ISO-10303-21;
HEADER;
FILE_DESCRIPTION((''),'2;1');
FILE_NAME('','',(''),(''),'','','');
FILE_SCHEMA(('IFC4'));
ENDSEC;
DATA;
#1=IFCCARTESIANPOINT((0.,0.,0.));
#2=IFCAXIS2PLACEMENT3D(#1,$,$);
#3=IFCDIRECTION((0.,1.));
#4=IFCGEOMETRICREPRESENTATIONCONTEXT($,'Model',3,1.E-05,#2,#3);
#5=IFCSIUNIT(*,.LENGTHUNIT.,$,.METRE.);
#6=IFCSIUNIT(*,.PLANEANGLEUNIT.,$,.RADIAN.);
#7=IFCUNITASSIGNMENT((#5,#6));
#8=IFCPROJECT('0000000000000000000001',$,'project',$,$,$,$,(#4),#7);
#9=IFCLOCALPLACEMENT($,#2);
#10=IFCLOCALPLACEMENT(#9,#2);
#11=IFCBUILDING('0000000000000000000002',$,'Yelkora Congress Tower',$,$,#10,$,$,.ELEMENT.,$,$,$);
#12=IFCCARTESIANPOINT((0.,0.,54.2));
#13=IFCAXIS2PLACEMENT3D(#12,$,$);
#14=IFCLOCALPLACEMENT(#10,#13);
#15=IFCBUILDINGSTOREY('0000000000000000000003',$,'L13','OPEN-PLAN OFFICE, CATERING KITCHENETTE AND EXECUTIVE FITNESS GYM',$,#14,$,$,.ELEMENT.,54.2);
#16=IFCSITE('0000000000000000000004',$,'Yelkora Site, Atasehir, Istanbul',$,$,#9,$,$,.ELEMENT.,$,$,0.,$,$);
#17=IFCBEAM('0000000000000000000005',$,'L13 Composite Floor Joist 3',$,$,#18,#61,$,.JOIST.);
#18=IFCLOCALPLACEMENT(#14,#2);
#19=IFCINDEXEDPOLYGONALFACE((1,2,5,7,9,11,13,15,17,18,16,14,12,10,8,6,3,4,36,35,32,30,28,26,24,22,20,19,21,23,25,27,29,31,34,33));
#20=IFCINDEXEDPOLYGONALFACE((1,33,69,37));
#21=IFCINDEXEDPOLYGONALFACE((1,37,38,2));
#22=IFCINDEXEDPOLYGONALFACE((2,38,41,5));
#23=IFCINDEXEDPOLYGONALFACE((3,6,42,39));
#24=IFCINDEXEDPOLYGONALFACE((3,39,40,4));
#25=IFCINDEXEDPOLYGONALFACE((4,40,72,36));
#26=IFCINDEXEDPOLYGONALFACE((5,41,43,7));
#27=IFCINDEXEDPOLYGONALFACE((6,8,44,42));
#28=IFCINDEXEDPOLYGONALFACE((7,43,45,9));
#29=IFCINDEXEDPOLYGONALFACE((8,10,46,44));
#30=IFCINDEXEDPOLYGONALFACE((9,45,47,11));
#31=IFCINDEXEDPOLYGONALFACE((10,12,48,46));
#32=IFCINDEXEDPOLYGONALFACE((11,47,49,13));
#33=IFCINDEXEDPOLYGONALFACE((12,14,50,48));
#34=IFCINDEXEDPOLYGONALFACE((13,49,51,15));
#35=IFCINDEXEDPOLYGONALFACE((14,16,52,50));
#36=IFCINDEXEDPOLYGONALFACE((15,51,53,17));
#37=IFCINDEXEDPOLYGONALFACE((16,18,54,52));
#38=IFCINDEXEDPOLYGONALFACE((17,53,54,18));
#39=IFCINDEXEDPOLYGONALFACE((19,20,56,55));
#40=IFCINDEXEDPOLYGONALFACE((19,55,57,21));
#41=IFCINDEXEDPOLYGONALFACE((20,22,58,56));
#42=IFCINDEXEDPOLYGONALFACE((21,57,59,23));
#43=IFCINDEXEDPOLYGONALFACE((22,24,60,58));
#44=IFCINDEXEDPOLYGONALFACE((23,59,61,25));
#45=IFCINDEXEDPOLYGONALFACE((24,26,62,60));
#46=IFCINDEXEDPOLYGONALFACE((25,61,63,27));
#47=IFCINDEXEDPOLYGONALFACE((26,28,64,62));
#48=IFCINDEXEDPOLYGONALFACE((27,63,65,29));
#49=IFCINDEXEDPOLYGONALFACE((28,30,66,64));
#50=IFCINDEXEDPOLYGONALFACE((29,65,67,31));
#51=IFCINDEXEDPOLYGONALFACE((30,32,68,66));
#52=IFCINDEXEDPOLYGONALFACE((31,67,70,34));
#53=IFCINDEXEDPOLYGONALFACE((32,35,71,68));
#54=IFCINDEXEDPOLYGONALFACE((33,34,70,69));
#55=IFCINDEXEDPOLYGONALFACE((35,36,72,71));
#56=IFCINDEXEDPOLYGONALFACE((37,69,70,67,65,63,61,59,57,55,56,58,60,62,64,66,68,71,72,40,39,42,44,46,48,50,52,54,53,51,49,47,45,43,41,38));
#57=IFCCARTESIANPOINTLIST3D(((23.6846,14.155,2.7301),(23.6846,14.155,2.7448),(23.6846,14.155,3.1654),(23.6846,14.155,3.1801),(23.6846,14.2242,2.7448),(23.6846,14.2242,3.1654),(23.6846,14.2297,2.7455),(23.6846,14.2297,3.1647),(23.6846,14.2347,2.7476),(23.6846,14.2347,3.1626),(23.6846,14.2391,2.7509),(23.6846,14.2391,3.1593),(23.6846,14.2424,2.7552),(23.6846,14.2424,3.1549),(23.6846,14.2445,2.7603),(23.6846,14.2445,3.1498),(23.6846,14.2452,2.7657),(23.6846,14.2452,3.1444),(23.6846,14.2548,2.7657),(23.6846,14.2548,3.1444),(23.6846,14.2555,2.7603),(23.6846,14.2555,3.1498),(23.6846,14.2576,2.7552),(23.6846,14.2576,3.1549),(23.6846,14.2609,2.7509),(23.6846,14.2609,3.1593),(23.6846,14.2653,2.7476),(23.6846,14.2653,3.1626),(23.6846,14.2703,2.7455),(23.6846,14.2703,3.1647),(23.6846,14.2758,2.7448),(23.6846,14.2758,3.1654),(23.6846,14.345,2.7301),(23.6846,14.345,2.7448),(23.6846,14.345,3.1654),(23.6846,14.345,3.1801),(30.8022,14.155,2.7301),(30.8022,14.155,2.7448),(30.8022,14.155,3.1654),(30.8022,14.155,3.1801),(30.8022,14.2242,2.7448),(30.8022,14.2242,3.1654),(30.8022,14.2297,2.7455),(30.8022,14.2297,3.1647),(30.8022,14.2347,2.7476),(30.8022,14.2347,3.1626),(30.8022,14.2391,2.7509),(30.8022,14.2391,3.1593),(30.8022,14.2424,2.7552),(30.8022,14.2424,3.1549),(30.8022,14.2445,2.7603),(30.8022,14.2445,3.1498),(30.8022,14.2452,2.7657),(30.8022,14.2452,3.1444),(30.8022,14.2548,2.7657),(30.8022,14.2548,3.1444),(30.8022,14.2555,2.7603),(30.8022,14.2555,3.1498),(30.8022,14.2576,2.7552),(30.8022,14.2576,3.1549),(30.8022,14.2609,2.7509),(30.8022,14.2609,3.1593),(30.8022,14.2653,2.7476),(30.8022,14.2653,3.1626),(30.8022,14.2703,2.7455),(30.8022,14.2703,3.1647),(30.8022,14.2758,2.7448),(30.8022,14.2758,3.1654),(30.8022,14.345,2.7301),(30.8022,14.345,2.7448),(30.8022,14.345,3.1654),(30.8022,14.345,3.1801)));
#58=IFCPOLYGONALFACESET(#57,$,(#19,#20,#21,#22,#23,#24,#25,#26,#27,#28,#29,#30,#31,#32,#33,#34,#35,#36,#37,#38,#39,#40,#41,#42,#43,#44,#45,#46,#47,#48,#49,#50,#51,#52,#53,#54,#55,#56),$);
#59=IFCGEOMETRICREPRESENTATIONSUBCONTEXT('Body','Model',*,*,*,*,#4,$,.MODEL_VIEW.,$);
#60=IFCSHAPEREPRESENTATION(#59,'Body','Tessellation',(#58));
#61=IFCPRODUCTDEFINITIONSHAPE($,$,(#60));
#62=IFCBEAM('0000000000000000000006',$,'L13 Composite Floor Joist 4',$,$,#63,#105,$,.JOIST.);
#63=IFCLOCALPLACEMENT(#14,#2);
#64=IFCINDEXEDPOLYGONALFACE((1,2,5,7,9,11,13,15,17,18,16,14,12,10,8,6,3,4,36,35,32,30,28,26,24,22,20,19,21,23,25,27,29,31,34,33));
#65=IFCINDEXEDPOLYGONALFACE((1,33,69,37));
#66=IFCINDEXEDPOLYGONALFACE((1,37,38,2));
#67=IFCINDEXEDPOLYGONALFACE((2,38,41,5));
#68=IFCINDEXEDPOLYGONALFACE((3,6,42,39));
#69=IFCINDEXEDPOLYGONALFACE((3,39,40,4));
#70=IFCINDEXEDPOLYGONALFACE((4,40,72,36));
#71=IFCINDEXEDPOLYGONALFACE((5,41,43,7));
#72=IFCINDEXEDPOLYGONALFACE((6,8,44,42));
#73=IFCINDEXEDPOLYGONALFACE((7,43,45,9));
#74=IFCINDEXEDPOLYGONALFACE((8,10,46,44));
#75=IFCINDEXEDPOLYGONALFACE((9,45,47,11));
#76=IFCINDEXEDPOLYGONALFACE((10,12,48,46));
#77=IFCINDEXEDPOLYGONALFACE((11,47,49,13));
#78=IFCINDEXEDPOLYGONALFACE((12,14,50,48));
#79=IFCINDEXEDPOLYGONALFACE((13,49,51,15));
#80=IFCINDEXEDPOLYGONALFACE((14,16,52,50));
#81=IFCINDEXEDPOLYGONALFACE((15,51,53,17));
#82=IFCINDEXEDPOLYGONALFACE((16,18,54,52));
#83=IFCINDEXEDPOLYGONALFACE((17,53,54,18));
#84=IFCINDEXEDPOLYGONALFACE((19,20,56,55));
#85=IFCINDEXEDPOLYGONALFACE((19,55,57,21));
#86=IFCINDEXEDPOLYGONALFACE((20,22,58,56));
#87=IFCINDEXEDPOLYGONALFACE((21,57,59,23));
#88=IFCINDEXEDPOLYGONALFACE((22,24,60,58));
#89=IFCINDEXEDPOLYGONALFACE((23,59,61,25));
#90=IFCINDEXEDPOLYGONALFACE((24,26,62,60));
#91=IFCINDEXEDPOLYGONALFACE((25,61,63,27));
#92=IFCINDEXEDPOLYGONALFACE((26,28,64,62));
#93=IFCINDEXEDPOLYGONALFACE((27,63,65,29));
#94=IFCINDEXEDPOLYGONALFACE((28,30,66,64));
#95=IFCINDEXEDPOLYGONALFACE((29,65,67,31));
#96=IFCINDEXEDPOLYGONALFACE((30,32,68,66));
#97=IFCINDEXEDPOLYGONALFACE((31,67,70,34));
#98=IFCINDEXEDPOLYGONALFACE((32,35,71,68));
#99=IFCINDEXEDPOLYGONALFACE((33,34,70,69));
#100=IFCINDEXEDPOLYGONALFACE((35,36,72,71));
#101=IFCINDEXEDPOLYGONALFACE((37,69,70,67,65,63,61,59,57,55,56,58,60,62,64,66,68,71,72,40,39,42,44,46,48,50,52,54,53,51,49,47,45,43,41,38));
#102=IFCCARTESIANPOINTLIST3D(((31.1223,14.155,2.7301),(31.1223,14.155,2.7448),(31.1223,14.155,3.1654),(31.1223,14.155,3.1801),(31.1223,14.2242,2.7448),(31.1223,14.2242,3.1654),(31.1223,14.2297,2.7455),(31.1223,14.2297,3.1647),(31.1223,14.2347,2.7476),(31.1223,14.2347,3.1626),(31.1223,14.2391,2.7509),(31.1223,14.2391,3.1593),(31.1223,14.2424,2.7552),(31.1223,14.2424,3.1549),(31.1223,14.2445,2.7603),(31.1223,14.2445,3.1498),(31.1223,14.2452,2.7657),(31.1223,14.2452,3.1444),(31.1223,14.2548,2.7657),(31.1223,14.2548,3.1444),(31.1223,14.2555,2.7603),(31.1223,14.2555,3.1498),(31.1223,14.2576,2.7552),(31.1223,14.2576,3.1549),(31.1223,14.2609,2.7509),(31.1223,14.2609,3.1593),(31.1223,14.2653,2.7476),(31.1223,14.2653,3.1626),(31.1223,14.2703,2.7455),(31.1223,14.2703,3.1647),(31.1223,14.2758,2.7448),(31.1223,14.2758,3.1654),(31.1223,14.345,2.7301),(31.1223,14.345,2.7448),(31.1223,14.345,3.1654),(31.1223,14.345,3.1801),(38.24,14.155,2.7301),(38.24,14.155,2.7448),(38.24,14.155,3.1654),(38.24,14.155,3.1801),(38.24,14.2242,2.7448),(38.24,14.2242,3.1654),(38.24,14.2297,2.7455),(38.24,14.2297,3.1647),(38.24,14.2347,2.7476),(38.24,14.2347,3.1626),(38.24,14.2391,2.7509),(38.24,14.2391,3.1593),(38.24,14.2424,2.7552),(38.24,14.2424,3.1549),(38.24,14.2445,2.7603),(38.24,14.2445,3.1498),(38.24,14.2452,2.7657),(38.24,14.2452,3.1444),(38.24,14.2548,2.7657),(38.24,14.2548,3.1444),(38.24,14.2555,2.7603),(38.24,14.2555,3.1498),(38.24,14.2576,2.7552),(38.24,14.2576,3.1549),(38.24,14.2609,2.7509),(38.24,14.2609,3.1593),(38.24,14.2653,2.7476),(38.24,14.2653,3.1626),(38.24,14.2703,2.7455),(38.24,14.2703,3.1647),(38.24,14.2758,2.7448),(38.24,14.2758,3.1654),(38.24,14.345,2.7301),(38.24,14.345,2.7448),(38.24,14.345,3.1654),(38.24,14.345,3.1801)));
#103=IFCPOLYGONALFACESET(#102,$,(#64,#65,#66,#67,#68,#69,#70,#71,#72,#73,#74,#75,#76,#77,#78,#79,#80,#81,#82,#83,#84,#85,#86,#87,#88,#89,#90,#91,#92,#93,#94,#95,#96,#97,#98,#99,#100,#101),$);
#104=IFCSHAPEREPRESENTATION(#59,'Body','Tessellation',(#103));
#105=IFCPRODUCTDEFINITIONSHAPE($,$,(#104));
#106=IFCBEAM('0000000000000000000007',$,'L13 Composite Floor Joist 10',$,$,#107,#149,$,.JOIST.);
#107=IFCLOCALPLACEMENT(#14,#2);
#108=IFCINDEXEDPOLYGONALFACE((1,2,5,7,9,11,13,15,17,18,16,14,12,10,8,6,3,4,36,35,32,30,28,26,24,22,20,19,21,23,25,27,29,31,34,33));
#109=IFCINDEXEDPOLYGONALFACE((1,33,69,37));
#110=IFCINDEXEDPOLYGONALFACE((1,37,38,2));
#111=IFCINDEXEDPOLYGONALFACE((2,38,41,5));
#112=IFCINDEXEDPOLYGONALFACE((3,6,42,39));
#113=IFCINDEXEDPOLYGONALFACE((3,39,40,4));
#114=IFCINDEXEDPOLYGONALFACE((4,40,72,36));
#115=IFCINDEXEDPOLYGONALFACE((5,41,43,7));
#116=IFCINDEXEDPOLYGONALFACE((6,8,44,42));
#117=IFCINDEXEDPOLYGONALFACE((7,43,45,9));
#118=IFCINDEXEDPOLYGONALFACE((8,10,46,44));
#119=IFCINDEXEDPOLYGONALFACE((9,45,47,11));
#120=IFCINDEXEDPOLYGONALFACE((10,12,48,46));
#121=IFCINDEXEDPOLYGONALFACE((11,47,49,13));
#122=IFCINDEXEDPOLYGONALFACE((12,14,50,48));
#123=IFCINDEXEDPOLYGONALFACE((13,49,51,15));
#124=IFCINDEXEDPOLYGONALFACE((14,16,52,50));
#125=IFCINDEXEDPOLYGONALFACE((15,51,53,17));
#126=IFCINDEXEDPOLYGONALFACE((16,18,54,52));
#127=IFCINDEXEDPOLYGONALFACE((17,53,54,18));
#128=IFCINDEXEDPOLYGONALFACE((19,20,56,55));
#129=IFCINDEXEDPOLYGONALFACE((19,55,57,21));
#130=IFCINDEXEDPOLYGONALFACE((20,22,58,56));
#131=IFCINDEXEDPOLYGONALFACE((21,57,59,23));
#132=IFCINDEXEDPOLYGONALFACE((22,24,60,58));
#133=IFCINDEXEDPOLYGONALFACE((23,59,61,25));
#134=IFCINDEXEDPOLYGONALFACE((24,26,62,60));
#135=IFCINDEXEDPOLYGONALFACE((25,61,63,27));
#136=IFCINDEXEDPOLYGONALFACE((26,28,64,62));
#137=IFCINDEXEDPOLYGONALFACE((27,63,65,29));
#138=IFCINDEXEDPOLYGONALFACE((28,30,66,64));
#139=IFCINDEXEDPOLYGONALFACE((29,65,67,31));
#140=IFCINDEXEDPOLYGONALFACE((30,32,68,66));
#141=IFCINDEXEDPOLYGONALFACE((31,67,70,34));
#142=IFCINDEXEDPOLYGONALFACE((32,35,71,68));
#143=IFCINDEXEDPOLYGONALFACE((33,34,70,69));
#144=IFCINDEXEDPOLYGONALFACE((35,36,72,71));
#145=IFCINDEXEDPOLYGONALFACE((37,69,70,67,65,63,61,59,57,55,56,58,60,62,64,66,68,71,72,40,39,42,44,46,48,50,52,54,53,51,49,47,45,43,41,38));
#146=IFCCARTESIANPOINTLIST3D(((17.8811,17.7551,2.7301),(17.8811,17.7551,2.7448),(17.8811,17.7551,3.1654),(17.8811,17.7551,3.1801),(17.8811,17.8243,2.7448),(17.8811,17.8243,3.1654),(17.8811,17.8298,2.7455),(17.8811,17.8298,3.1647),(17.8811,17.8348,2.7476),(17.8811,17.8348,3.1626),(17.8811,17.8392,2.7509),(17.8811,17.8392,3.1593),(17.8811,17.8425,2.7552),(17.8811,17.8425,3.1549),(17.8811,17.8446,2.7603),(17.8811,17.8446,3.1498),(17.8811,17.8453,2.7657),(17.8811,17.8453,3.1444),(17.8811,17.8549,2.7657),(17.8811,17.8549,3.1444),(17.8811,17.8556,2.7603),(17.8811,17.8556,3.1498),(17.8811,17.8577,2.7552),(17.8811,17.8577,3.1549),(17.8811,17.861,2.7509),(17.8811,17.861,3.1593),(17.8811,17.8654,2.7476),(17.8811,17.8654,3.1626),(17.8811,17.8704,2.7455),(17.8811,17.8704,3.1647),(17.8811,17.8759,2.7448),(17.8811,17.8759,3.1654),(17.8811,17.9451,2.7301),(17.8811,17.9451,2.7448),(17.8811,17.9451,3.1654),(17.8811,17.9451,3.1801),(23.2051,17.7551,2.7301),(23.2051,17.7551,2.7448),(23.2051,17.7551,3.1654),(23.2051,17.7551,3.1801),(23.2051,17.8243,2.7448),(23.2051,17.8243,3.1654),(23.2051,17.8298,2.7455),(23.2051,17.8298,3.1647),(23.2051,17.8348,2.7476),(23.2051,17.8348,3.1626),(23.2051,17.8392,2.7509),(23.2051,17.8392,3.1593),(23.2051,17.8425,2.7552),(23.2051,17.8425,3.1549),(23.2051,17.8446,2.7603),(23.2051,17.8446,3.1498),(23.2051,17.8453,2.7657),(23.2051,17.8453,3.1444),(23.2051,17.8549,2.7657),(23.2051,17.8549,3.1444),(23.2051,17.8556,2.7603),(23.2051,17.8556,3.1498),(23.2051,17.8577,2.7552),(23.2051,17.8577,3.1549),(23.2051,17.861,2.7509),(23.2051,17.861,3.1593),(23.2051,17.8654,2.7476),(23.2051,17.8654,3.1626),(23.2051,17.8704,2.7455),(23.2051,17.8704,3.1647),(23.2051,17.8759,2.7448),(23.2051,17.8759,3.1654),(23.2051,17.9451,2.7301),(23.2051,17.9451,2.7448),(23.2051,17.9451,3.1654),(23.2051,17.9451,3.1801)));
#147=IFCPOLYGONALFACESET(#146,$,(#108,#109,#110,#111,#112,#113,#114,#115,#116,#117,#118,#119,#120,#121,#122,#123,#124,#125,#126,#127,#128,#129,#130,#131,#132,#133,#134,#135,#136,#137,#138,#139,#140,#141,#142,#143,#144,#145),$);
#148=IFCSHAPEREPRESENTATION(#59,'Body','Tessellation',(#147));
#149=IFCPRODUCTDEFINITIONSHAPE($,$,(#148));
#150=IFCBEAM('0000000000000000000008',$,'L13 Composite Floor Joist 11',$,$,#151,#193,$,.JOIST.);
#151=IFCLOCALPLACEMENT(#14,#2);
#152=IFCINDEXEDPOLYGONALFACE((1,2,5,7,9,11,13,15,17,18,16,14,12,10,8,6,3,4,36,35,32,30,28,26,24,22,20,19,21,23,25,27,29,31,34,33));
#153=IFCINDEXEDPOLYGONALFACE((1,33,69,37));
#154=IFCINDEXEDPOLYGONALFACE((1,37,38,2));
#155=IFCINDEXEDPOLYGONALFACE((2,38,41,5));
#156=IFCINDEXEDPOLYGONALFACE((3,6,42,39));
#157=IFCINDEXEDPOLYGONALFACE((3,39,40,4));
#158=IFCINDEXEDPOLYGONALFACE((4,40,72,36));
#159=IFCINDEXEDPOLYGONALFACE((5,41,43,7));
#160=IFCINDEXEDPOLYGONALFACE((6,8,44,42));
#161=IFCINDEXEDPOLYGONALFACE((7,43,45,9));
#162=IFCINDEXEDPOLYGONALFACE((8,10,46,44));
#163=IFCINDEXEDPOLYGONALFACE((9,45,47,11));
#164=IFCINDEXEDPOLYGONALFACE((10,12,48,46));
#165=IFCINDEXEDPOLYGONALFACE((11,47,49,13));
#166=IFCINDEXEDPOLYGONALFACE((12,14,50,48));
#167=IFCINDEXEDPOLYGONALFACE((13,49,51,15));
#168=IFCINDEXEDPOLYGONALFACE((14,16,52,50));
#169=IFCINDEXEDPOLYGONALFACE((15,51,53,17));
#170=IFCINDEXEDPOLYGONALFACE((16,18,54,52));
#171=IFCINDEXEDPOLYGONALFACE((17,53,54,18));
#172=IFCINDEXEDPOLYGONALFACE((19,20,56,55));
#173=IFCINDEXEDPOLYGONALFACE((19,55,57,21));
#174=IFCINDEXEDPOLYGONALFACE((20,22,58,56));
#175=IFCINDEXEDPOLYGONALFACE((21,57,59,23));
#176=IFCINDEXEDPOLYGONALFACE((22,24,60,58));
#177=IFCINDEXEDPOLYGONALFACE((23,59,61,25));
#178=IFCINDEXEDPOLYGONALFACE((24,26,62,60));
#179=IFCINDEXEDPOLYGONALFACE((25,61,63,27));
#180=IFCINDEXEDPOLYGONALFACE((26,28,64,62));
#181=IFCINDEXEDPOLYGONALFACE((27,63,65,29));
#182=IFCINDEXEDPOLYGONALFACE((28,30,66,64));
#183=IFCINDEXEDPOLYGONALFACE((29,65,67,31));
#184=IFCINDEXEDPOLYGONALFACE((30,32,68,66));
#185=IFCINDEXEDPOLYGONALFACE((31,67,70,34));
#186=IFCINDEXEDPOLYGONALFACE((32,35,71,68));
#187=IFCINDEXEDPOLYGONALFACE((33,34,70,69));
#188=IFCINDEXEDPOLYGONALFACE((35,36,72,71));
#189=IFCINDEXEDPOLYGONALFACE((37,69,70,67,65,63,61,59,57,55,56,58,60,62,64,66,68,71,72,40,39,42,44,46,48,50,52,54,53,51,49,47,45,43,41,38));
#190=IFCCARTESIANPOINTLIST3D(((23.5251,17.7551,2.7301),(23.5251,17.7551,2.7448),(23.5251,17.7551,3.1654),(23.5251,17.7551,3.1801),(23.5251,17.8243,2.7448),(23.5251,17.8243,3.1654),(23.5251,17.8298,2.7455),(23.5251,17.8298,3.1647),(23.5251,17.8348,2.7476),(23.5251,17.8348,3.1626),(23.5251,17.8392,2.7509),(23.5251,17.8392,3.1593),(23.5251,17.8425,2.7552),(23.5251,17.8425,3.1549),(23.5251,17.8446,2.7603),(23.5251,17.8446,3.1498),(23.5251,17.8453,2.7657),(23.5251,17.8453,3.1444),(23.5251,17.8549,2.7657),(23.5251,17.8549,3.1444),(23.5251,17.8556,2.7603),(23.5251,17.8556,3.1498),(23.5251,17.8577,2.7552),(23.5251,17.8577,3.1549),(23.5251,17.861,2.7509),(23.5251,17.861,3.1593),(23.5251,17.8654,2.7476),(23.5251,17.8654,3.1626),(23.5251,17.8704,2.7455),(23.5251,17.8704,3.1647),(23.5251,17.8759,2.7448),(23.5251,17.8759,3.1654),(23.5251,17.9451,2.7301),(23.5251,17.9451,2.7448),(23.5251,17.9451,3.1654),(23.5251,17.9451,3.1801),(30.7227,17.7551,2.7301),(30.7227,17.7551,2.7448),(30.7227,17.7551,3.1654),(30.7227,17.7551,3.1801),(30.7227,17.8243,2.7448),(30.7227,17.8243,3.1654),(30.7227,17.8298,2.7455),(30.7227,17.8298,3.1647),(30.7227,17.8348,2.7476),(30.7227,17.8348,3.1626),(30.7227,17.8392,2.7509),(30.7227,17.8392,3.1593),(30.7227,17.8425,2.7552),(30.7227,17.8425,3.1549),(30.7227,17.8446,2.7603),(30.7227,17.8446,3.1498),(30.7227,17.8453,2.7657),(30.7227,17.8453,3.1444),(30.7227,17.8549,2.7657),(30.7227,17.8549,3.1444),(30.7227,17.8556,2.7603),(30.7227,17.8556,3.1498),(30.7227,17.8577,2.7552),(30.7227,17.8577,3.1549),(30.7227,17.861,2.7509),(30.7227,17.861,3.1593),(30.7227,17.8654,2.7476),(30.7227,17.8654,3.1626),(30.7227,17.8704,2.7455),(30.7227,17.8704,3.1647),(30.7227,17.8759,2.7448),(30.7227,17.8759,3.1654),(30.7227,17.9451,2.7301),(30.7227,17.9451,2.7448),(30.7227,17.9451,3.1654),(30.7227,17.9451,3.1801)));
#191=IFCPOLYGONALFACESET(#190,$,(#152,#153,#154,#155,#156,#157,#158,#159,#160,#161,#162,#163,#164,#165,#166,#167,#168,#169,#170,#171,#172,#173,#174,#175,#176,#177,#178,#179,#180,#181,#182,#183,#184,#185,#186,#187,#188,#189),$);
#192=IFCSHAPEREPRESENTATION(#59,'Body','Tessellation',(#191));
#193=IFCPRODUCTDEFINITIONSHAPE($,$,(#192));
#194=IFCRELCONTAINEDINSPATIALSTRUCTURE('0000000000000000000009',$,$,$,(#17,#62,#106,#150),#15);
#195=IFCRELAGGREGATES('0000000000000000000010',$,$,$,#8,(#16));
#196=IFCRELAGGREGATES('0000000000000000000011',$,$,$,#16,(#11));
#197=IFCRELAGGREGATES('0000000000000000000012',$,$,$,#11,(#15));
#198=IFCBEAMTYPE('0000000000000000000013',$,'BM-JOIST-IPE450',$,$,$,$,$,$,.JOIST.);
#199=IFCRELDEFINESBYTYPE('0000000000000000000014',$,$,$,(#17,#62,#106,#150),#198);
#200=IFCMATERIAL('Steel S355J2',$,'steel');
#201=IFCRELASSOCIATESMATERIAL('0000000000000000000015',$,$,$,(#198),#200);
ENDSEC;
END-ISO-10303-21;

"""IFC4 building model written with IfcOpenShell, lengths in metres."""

from ifc_helpers import new_model, si_unit, direction, frame, origin, origin_2d, place, context, subcontext, project, spatial, i_section, extrude, material, material_profile, profile_set, type_object, element, save


model = new_model("IFC4")

# Units and contexts
model_context = context("Model", 3, precision=1e-05, world=origin(), true_north=direction((0.0, 1.0)))
body_context = subcontext(model_context, "Body", "Model", "MODEL_VIEW")
ifc_project = project(units=[si_unit("LENGTHUNIT", "METRE"), si_unit("PLANEANGLEUNIT", "RADIAN")], contexts=[model_context])

# Site, building, storey
site_placement = place(None, origin())
site = spatial("IfcSite", under=ifc_project, at=site_placement, Name="Yelkora Site, Atasehir, Istanbul", CompositionType="ELEMENT", RefElevation=0.0)
building_placement = place(site_placement, origin())
building = spatial("IfcBuilding", under=site, at=building_placement, Name="Yelkora Congress Tower", CompositionType="ELEMENT")
storey_placement = place(building_placement, frame((0.0, 0.0, 54.2)))
storey = spatial("IfcBuildingStorey", under=building, at=storey_placement, Name="L13", Description="OPEN-PLAN OFFICE, CATERING KITCHENETTE AND EXECUTIVE FITNESS GYM", CompositionType="ELEMENT", Elevation=54.2)

# Beams
ifc_material_1 = material(Name="Steel S355J2", Category="steel")
ifc_material_profile_1 = material_profile(ifc_material_1, i_section(OverallWidth=0.1899, OverallDepth=0.45, WebThickness=0.0095, FlangeThickness=0.0146, FilletRadius=0.021, at=origin_2d()), Name="IPE 450")
ifc_profile_set_1 = profile_set([ifc_material_profile_1], Name="Steel S355J2")
beam_type_1 = type_object("IfcBeamType", Name="BM-JOIST-IPE450", PredefinedType="JOIST", material=ifc_profile_set_1)
for number, where, z_axis, x_axis, name in (
    (1, (23.6846, 14.25, 2.9551), (1.0, 0.0, 0.0), (0.0, 1.0, 0.0), "L13 Composite Floor Joist 3"),
    (2, (31.1223, 14.25, 2.9551), (1.0, 0.0, 0.0), (0.0, 1.0, 0.0), "L13 Composite Floor Joist 4"),
):
    element("IfcBeam", number, at=place(storey_placement, frame(where, z_axis=z_axis, x_axis=x_axis)), inside=storey, type_object=beam_type_1, Name=name, PredefinedType="JOIST", context=body_context, shape_type="SweptSolid", body=[
        extrude(i_section(OverallWidth=0.1899, OverallDepth=0.45, WebThickness=0.0095, FlangeThickness=0.0146, FilletRadius=0.021, at=origin_2d()), origin(), (0.0, 0.0, 1.0), 7.1177),
    ])
beam_1_placement = place(storey_placement, frame((17.8811, 17.8501, 2.9551), z_axis=(1.0, 0.0, 0.0), x_axis=(0.0, 1.0, 0.0)))
element("IfcBeam", 3, at=beam_1_placement, inside=storey, type_object=beam_type_1, Name="L13 Composite Floor Joist 10", PredefinedType="JOIST", context=body_context, shape_type="SweptSolid", body=[
    extrude(i_section(OverallWidth=0.1899, OverallDepth=0.45, WebThickness=0.0095, FlangeThickness=0.0146, FilletRadius=0.021, at=origin_2d()), origin(), (0.0, 0.0, 1.0), 5.324),
])
for number, where, z_axis, x_axis, name in (
    (4, (23.5251, 17.8501, 2.9551), (1.0, 0.0, 0.0), (0.0, 1.0, 0.0), "L13 Composite Floor Joist 11"),
):
    element("IfcBeam", number, at=place(storey_placement, frame(where, z_axis=z_axis, x_axis=x_axis)), inside=storey, type_object=beam_type_1, Name=name, PredefinedType="JOIST", context=body_context, shape_type="SweptSolid", body=[
        extrude(i_section(OverallWidth=0.1899, OverallDepth=0.45, WebThickness=0.0095, FlangeThickness=0.0146, FilletRadius=0.021, at=origin_2d()), origin(), (0.0, 0.0, 1.0), 7.1975),
    ])

save(model, "model.ifc")
